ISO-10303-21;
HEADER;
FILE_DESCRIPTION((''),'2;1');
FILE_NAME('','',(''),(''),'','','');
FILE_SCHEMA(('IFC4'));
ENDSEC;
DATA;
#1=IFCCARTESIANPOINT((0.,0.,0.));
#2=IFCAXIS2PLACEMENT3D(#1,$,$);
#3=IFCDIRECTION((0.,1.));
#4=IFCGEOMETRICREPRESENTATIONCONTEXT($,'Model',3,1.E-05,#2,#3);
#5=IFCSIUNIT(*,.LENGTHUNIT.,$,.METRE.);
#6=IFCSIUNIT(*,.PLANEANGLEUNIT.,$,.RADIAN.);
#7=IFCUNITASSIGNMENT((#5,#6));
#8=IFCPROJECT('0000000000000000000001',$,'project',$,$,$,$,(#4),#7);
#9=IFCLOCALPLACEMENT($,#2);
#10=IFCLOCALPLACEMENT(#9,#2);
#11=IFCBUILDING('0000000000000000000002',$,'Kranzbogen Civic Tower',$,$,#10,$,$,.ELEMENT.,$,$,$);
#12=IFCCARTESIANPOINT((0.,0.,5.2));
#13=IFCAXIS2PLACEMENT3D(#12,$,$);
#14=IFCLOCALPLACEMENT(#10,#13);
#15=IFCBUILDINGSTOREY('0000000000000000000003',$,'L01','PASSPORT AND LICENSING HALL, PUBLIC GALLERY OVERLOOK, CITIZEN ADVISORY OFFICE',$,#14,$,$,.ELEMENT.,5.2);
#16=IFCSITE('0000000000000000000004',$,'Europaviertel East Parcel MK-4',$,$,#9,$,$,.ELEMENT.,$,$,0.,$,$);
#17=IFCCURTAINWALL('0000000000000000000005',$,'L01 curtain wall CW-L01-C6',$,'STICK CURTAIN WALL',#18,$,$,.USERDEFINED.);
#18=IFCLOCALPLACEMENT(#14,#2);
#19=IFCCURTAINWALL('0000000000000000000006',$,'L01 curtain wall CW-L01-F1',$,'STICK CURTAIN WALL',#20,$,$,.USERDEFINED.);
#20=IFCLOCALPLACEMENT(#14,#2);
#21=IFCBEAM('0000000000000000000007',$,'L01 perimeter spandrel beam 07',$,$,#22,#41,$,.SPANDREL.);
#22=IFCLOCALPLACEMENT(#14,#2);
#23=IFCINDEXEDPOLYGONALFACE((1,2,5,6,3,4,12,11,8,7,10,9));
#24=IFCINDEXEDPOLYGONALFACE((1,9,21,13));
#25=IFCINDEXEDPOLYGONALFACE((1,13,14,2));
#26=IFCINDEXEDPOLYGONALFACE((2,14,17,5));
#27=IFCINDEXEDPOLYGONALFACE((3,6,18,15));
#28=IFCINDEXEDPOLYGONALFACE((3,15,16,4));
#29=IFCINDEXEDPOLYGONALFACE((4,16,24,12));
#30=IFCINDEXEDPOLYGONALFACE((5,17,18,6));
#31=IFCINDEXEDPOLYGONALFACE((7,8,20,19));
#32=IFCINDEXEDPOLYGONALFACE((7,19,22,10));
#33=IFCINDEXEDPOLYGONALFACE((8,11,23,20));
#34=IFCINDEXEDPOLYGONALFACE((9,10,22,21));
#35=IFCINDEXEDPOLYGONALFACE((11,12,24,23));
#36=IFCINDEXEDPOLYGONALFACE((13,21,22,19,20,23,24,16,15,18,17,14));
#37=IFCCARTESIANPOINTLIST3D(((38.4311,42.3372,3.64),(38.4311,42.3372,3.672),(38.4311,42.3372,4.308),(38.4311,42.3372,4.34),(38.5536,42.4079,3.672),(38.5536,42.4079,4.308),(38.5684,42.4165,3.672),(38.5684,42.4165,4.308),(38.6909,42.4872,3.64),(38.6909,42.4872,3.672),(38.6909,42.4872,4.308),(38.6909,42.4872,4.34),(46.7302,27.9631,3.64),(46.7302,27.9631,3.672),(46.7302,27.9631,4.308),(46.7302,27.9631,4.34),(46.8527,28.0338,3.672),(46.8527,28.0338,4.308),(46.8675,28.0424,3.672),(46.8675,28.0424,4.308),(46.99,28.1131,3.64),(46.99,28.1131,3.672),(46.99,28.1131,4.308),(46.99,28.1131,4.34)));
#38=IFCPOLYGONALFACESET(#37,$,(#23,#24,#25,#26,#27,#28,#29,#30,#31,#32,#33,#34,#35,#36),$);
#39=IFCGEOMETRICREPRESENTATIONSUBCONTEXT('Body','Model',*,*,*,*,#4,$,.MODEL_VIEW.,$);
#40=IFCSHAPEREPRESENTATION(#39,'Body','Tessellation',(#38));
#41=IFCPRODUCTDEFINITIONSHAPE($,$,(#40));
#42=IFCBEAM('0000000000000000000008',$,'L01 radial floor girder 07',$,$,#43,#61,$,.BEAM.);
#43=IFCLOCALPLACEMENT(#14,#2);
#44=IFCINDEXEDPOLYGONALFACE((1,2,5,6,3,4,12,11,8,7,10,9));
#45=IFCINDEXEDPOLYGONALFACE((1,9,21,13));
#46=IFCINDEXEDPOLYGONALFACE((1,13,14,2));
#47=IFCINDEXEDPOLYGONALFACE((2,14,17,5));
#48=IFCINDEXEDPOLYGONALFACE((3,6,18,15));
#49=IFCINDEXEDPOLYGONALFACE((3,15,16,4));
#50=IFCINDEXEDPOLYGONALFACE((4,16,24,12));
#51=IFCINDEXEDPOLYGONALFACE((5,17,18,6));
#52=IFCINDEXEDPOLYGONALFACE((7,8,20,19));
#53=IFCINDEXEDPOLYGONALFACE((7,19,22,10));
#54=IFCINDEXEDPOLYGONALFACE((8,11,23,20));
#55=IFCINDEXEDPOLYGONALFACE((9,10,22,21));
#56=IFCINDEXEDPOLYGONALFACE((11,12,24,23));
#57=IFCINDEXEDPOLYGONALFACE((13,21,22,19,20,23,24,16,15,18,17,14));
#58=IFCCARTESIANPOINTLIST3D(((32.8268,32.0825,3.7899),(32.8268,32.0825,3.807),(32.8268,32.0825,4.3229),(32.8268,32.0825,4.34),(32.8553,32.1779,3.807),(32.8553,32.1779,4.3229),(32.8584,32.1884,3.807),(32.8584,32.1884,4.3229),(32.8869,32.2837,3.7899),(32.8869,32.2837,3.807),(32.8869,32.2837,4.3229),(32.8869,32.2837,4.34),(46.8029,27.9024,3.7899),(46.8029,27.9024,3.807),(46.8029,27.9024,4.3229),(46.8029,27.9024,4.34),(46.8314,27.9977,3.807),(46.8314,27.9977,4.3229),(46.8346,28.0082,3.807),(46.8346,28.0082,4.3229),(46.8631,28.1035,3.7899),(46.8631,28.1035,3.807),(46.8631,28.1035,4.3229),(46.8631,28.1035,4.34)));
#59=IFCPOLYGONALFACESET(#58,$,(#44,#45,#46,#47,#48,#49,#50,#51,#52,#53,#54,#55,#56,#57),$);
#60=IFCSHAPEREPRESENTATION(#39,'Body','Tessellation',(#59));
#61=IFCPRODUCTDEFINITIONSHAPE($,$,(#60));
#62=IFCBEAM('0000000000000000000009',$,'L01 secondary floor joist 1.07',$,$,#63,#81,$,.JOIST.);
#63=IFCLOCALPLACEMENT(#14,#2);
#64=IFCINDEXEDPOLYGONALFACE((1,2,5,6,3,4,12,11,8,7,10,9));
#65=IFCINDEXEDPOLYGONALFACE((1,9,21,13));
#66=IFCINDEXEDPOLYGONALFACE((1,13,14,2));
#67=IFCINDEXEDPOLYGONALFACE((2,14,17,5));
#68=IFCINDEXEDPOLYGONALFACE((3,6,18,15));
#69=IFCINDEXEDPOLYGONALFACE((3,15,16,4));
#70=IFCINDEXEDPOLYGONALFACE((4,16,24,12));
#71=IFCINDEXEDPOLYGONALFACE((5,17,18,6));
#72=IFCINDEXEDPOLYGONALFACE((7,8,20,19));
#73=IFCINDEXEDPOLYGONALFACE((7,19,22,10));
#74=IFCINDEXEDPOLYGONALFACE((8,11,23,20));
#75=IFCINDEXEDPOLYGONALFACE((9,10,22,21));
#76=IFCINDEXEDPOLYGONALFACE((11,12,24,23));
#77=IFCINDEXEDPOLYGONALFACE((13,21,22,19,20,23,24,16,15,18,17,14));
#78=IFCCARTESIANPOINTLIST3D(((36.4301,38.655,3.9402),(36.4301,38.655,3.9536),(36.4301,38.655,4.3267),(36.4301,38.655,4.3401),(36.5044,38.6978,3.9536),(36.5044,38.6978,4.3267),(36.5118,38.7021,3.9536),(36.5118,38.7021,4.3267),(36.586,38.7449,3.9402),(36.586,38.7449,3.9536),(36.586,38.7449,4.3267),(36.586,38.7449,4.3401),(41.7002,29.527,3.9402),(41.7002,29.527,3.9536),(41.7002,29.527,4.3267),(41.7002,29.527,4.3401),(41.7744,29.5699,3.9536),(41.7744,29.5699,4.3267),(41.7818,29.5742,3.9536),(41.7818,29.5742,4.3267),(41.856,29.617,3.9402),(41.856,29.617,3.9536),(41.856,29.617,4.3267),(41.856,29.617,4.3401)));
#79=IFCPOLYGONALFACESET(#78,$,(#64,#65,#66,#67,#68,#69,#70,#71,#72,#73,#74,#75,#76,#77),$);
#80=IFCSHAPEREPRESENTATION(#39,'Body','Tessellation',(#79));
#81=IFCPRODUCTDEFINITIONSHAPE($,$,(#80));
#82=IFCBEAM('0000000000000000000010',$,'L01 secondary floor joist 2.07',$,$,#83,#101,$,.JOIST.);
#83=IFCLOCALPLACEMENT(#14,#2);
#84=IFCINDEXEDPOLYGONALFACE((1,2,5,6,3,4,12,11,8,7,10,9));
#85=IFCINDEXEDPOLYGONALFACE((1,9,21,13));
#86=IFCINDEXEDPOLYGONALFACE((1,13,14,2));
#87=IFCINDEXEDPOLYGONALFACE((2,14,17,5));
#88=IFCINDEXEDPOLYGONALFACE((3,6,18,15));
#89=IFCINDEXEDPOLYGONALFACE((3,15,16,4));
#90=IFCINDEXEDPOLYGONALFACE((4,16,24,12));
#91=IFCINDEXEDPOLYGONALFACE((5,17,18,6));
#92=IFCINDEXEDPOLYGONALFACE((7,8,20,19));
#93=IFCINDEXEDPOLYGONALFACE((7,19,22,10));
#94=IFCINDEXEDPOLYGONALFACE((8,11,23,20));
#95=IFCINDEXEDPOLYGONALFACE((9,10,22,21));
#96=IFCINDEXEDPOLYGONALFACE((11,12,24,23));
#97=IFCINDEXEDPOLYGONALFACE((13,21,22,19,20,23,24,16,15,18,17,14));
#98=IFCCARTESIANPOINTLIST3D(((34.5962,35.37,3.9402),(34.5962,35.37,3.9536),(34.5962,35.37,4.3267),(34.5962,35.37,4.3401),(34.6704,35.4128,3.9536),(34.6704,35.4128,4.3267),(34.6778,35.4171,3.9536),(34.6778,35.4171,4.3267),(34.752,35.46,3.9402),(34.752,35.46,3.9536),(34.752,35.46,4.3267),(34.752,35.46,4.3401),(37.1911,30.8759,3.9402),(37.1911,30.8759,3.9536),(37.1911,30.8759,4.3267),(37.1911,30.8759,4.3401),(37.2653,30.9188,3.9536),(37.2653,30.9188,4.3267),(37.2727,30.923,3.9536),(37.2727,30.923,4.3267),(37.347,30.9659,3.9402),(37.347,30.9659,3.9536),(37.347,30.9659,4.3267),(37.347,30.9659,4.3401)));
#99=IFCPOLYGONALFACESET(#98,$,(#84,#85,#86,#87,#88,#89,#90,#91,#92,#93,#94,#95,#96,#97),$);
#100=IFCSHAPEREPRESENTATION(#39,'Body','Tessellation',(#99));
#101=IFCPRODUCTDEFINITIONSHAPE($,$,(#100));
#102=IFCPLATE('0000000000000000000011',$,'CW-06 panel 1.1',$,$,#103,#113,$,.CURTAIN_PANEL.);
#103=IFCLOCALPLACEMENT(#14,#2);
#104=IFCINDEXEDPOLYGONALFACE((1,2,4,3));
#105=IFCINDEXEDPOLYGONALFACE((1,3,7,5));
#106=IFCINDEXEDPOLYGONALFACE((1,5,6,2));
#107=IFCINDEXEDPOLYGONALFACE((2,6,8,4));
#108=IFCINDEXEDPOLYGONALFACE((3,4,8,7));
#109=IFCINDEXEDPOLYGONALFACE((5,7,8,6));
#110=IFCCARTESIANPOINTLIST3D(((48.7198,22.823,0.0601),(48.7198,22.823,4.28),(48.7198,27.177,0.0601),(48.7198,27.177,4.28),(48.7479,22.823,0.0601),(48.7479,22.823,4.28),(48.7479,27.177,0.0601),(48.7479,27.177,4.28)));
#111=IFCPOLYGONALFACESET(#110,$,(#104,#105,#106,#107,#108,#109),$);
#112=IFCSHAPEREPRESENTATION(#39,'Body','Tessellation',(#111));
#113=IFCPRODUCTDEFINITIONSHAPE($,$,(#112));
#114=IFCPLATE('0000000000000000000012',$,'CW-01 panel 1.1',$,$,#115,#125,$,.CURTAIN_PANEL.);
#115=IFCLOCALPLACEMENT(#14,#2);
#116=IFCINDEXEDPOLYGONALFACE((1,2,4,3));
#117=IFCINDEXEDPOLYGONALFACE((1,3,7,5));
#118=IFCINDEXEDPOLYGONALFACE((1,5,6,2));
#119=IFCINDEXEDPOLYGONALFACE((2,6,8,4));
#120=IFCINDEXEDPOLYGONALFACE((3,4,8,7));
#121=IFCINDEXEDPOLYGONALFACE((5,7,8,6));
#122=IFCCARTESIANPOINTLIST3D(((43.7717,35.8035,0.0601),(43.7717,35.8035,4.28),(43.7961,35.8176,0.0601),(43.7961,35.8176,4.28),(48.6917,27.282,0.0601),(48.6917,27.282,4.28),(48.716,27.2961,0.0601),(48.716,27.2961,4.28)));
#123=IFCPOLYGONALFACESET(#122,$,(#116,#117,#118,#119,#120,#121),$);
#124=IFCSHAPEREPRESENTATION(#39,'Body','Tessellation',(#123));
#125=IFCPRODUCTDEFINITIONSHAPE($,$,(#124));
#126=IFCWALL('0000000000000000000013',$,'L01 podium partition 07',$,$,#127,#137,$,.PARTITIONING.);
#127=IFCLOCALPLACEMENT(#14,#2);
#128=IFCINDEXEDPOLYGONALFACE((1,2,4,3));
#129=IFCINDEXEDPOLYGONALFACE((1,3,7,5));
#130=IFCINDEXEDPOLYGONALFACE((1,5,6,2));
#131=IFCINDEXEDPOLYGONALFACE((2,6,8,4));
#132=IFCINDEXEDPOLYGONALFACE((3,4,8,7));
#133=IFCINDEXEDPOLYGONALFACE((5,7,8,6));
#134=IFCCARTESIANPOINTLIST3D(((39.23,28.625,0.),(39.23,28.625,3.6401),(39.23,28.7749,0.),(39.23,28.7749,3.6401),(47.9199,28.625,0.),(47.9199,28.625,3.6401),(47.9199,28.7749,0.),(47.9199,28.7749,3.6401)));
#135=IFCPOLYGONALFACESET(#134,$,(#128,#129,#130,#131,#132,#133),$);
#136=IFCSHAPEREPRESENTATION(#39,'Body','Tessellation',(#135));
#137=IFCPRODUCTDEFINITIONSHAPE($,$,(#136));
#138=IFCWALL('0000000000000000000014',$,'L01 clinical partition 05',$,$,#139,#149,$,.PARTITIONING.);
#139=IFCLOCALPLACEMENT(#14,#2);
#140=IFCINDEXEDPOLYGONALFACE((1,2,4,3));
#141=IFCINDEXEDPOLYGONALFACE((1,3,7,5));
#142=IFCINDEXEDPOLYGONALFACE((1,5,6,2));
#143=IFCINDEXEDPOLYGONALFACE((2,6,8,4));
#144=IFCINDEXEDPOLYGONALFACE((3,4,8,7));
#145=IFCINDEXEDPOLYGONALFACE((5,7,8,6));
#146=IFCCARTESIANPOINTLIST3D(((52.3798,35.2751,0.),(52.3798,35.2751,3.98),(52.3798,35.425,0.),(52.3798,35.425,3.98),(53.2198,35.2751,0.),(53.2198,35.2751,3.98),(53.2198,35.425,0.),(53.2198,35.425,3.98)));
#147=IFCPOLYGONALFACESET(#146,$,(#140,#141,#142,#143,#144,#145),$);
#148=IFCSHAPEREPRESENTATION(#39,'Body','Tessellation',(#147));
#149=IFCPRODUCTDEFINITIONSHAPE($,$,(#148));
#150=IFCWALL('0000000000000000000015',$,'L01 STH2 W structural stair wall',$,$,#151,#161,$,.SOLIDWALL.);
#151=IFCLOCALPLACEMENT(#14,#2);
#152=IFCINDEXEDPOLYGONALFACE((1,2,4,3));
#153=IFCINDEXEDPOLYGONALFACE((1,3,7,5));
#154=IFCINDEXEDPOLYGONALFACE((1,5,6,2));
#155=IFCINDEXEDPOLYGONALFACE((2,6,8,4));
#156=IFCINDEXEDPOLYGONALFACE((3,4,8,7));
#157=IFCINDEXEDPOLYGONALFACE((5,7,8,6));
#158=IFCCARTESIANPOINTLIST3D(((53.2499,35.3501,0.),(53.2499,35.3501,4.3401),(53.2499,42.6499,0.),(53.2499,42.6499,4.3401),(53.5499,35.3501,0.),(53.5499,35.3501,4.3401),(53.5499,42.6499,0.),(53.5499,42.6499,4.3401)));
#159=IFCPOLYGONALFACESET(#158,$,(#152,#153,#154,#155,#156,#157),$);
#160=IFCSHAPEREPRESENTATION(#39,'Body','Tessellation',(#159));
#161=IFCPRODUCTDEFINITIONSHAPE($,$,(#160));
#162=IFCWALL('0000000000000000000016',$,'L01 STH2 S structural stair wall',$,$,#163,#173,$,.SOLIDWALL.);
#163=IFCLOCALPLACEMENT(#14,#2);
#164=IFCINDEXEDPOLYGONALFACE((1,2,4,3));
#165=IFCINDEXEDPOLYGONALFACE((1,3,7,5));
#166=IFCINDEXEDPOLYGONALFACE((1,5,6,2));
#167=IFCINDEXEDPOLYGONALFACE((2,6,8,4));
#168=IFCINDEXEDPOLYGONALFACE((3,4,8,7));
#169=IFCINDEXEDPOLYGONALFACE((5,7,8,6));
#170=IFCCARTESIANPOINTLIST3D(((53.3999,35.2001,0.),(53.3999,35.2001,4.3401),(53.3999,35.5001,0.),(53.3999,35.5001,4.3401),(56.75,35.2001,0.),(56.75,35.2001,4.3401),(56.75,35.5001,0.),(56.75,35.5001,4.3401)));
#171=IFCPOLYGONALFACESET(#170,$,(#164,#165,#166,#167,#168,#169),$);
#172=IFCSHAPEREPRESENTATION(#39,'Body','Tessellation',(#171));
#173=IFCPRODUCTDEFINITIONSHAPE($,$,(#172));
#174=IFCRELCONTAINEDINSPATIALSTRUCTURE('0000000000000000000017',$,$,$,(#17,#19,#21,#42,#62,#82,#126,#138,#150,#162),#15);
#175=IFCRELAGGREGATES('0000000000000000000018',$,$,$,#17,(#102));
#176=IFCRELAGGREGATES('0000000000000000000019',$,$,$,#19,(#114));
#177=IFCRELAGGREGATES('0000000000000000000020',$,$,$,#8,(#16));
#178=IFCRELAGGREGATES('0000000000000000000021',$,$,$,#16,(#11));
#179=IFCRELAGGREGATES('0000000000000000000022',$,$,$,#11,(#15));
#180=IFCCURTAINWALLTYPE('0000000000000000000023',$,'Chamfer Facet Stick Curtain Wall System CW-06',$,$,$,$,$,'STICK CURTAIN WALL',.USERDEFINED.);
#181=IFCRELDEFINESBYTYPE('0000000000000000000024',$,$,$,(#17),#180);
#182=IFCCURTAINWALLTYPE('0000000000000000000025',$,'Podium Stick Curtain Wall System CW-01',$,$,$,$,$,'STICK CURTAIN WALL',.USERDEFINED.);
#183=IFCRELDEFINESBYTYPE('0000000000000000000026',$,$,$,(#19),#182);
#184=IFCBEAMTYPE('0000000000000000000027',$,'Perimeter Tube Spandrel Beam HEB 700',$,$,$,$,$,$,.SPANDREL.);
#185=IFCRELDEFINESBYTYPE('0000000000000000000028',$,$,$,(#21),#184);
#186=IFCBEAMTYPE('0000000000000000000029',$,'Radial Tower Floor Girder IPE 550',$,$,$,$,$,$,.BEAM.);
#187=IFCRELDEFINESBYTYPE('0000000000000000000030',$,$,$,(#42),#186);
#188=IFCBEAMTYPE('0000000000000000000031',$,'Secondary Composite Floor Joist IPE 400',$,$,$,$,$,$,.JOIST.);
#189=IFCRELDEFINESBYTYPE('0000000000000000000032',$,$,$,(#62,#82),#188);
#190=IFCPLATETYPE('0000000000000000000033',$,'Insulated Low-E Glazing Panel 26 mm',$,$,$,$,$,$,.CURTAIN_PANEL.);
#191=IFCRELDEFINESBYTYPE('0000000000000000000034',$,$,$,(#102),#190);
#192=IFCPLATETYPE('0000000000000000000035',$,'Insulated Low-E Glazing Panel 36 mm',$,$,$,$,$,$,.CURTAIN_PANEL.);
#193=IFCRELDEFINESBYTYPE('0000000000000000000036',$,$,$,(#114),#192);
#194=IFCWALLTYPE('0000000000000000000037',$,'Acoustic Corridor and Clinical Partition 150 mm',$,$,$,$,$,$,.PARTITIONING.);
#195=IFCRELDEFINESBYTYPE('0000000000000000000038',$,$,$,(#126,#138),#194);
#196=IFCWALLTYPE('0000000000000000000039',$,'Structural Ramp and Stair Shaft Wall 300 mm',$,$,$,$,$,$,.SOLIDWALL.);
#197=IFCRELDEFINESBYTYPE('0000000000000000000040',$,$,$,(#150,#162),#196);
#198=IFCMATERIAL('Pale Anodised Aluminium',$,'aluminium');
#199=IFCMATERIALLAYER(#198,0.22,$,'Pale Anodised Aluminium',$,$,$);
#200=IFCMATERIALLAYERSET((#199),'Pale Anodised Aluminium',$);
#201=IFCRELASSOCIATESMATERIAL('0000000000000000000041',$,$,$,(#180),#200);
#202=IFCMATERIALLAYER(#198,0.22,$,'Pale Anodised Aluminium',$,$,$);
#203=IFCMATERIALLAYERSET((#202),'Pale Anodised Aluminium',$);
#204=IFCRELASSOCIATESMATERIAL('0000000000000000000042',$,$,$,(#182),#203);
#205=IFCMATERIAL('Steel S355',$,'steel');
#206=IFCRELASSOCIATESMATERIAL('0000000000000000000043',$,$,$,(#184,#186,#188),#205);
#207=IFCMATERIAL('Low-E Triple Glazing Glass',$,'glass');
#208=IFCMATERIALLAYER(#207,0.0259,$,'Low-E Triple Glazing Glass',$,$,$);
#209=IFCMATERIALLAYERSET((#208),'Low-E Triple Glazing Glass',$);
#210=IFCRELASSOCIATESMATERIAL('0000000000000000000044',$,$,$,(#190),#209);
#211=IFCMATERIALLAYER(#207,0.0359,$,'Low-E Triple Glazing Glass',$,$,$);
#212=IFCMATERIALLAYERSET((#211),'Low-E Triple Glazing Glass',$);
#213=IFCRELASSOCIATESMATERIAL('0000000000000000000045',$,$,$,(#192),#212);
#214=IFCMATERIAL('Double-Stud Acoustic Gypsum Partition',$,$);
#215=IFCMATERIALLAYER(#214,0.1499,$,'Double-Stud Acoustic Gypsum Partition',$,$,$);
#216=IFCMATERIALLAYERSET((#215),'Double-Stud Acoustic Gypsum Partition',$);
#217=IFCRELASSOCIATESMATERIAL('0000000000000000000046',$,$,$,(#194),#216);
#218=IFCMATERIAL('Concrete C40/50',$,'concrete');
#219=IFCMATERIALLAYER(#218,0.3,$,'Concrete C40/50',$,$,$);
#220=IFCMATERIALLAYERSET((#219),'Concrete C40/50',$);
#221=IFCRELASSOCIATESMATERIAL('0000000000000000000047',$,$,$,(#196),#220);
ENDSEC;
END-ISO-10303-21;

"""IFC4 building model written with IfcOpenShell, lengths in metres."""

from ifc_helpers import new_model, si_unit, direction, frame, frame_2d, origin, origin_2d, place, context, subcontext, project, spatial, rectangle, i_section, extrude, material, layer, layer_set, material_profile, profile_set, type_object, element, aggregate, save


model = new_model("IFC4")

# Units and contexts
model_context = context("Model", 3, precision=1e-05, world=origin(), true_north=direction((0.0, 1.0)))
body_context = subcontext(model_context, "Body", "Model", "MODEL_VIEW")
ifc_project = project(units=[si_unit("LENGTHUNIT", "METRE"), si_unit("PLANEANGLEUNIT", "RADIAN")], contexts=[model_context])

# Site, building, storey
site_placement = place(None, origin())
site = spatial("IfcSite", under=ifc_project, at=site_placement, Name="Europaviertel East Parcel MK-4", CompositionType="ELEMENT", RefElevation=0.0)
building_placement = place(site_placement, origin())
building = spatial("IfcBuilding", under=site, at=building_placement, Name="Kranzbogen Civic Tower", CompositionType="ELEMENT")
storey_placement = place(building_placement, frame((0.0, 0.0, 5.2)))
storey = spatial("IfcBuildingStorey", under=building, at=storey_placement, Name="L01", Description="PASSPORT AND LICENSING HALL, PUBLIC GALLERY OVERLOOK, CITIZEN ADVISORY OFFICE", CompositionType="ELEMENT", Elevation=5.2)

# Shared definitions
ifc_material_1 = material(Name="Concrete C40/50", Category="concrete")

# Curtain wall
ifc_material_2 = material(Name="Pale Anodised Aluminium", Category="aluminium")
ifc_layer_1 = layer(ifc_material_2, 0.22, Name="Pale Anodised Aluminium")
ifc_layer_set_1 = layer_set([ifc_layer_1], Name="Pale Anodised Aluminium")
curtain_wall_type_1 = type_object("IfcCurtainWallType", Name="Chamfer Facet Stick Curtain Wall System CW-06", ElementType="STICK CURTAIN WALL", PredefinedType="USERDEFINED", material=ifc_layer_set_1)
curtain_wall_1_placement = place(storey_placement, origin())
curtain_wall_1 = element("IfcCurtainWall", 1, at=curtain_wall_1_placement, inside=storey, type_object=curtain_wall_type_1, Name="L01 curtain wall CW-L01-C6", ObjectType="STICK CURTAIN WALL", PredefinedType="USERDEFINED")

# Curtain wall
ifc_layer_2 = layer(ifc_material_2, 0.22, Name="Pale Anodised Aluminium")
ifc_layer_set_2 = layer_set([ifc_layer_2], Name="Pale Anodised Aluminium")
curtain_wall_type_2 = type_object("IfcCurtainWallType", Name="Podium Stick Curtain Wall System CW-01", ElementType="STICK CURTAIN WALL", PredefinedType="USERDEFINED", material=ifc_layer_set_2)
curtain_wall_2_placement = place(storey_placement, origin())
curtain_wall_2 = element("IfcCurtainWall", 2, at=curtain_wall_2_placement, inside=storey, type_object=curtain_wall_type_2, Name="L01 curtain wall CW-L01-F1", ObjectType="STICK CURTAIN WALL", PredefinedType="USERDEFINED")

# Beams
ifc_material_3 = material(Name="Steel S355", Category="steel")
ifc_material_profile_1 = material_profile(ifc_material_3, i_section(OverallWidth=0.3, OverallDepth=0.7, WebThickness=0.0171, FlangeThickness=0.032, at=origin_2d()), Name="HEB 700")
ifc_profile_set_1 = profile_set([ifc_material_profile_1], Name="Steel S355")
beam_type_1 = type_object("IfcBeamType", Name="Perimeter Tube Spandrel Beam HEB 700", PredefinedType="SPANDREL", material=ifc_profile_set_1)
beam_1_placement = place(storey_placement, frame((46.8601, 28.0381, 3.99), z_axis=(-0.50001, 0.86602, 0.0), x_axis=(-0.86602, -0.50001, 0.0)))
element("IfcBeam", 3, at=beam_1_placement, inside=storey, type_object=beam_type_1, Name="L01 perimeter spandrel beam 07", PredefinedType="SPANDREL", context=body_context, shape_type="SweptSolid", body=[
    extrude(i_section(OverallWidth=0.3, OverallDepth=0.7, WebThickness=0.0171, FlangeThickness=0.032, at=origin_2d()), origin(), (0.0, 0.0, 1.0), 16.5979),
])
ifc_material_profile_2 = material_profile(ifc_material_3, i_section(OverallWidth=0.21, OverallDepth=0.55, WebThickness=0.011, FlangeThickness=0.0171, at=origin_2d()), Name="IPE 550")
ifc_profile_set_2 = profile_set([ifc_material_profile_2], Name="Steel S355")
beam_type_2 = type_object("IfcBeamType", Name="Radial Tower Floor Girder IPE 550", PredefinedType="BEAM", material=ifc_profile_set_2)
beam_2_placement = place(storey_placement, frame((46.833, 28.0029, 4.0649), z_axis=(-0.958065, 0.286552, 0.0), x_axis=(-0.286552, -0.958065, 0.0)))
element("IfcBeam", 4, at=beam_2_placement, inside=storey, type_object=beam_type_2, Name="L01 radial floor girder 07", PredefinedType="BEAM", context=body_context, shape_type="SweptSolid", body=[
    extrude(i_section(OverallWidth=0.21, OverallDepth=0.55, WebThickness=0.011, FlangeThickness=0.0171, at=origin_2d()), origin(), (0.0, 0.0, 1.0), 14.5879),
])
ifc_material_profile_3 = material_profile(ifc_material_3, i_section(OverallWidth=0.1799, OverallDepth=0.3999, WebThickness=0.0085, FlangeThickness=0.0134, at=origin_2d()), Name="IPE 400")
ifc_profile_set_3 = profile_set([ifc_material_profile_3], Name="Steel S355")
beam_type_3 = type_object("IfcBeamType", Name="Secondary Composite Floor Joist IPE 400", PredefinedType="JOIST", material=ifc_profile_set_3)
beam_3_placement = place(storey_placement, frame((41.7781, 29.572, 4.1401), z_axis=(-0.5, 0.866025, 0.0), x_axis=(-0.866025, -0.5, 0.0)))
element("IfcBeam", 5, at=beam_3_placement, inside=storey, type_object=beam_type_3, Name="L01 secondary floor joist 1.07", PredefinedType="JOIST", context=body_context, shape_type="SweptSolid", body=[
    extrude(i_section(OverallWidth=0.1799, OverallDepth=0.3999, WebThickness=0.0085, FlangeThickness=0.0134, at=origin_2d()), origin(), (0.0, 0.0, 1.0), 10.54),
])
beam_4_placement = place(storey_placement, frame((37.269, 30.9209, 4.1401), z_axis=(-0.50004, 0.866002, 0.0), x_axis=(-0.866002, -0.50004, 0.0)))
element("IfcBeam", 6, at=beam_4_placement, inside=storey, type_object=beam_type_3, Name="L01 secondary floor joist 2.07", PredefinedType="JOIST", context=body_context, shape_type="SweptSolid", body=[
    extrude(i_section(OverallWidth=0.1799, OverallDepth=0.3999, WebThickness=0.0085, FlangeThickness=0.0134, at=origin_2d()), origin(), (0.0, 0.0, 1.0), 5.1895),
])

# Plates
ifc_material_4 = material(Name="Low-E Triple Glazing Glass", Category="glass")
ifc_layer_3 = layer(ifc_material_4, 0.0259, Name="Low-E Triple Glazing Glass")
ifc_layer_set_3 = layer_set([ifc_layer_3], Name="Low-E Triple Glazing Glass")
plate_type_1 = type_object("IfcPlateType", Name="Insulated Low-E Glazing Panel 26 mm", PredefinedType="CURTAIN_PANEL", material=ifc_layer_set_3)
plate_1_placement = place(storey_placement, frame((48.7339, 25.0, 0.0601), z_axis=(0.0, 0.0, 1.0), x_axis=(0.0, 1.0, 0.0)))
plate_1 = element("IfcPlate", 7, at=plate_1_placement, type_object=plate_type_1, Name="CW-06 panel 1.1", PredefinedType="CURTAIN_PANEL", context=body_context, shape_type="SweptSolid", body=[
    extrude(rectangle(XDim=4.354, YDim=0.0281, at=origin_2d()), origin(), (0.0, 0.0, 1.0), 4.22),
])
aggregate(curtain_wall_1, [plate_1])
ifc_layer_4 = layer(ifc_material_4, 0.0359, Name="Low-E Triple Glazing Glass")
ifc_layer_set_4 = layer_set([ifc_layer_4], Name="Low-E Triple Glazing Glass")
plate_type_2 = type_object("IfcPlateType", Name="Insulated Low-E Glazing Panel 36 mm", PredefinedType="CURTAIN_PANEL", material=ifc_layer_set_4)
plate_2_placement = place(storey_placement, frame((46.2439, 31.5498, 0.0601), z_axis=(0.0, 0.0, 1.0), x_axis=(-0.500006, 0.866022, 0.0)))
plate_2 = element("IfcPlate", 8, at=plate_2_placement, type_object=plate_type_2, Name="CW-01 panel 1.1", PredefinedType="CURTAIN_PANEL", context=body_context, shape_type="SweptSolid", body=[
    extrude(rectangle(XDim=9.8398, YDim=0.0281, at=origin_2d()), origin(), (0.0, 0.0, 1.0), 4.22),
])
aggregate(curtain_wall_2, [plate_2])

# Walls
ifc_material_5 = material(Name="Double-Stud Acoustic Gypsum Partition")
ifc_layer_5 = layer(ifc_material_5, 0.1499, Name="Double-Stud Acoustic Gypsum Partition")
ifc_layer_set_5 = layer_set([ifc_layer_5], Name="Double-Stud Acoustic Gypsum Partition")
wall_type_1 = type_object("IfcWallType", Name="Acoustic Corridor and Clinical Partition 150 mm", PredefinedType="PARTITIONING", material=ifc_layer_set_5)
wall_1_placement = place(storey_placement, frame((39.23, 28.7, 0.0), z_axis=(0.0, 0.0, 1.0), x_axis=(1.0, 0.0, 0.0)))
element("IfcWall", 9, at=wall_1_placement, inside=storey, type_object=wall_type_1, Name="L01 podium partition 07", PredefinedType="PARTITIONING", context=body_context, shape_type="SweptSolid", body=[
    extrude(rectangle(XDim=8.6899, YDim=0.1499, at=frame_2d((4.345, 0.0))), origin(), (0.0, 0.0, 1.0), 3.6401),
])
wall_2_placement = place(storey_placement, frame((52.3799, 35.3501, 0.0), z_axis=(0.0, 0.0, 1.0), x_axis=(1.0, 0.0, 0.0)))
element("IfcWall", 10, at=wall_2_placement, inside=storey, type_object=wall_type_1, Name="L01 clinical partition 05", PredefinedType="PARTITIONING", context=body_context, shape_type="SweptSolid", body=[
    extrude(rectangle(XDim=0.8401, YDim=0.1499, at=frame_2d((0.4199, 0.0))), origin(), (0.0, 0.0, 1.0), 3.98),
])
ifc_layer_6 = layer(ifc_material_1, 0.3, Name="Concrete C40/50")
ifc_layer_set_6 = layer_set([ifc_layer_6], Name="Concrete C40/50")
wall_type_2 = type_object("IfcWallType", Name="Structural Ramp and Stair Shaft Wall 300 mm", PredefinedType="SOLIDWALL", material=ifc_layer_set_6)
wall_3_placement = place(storey_placement, frame((53.3999, 35.3501, 0.0), z_axis=(0.0, 0.0, 1.0), x_axis=(0.0, 1.0, 0.0)))
element("IfcWall", 11, at=wall_3_placement, inside=storey, type_object=wall_type_2, Name="L01 STH2 W structural stair wall", PredefinedType="SOLIDWALL", context=body_context, shape_type="SweptSolid", body=[
    extrude(rectangle(XDim=7.2998, YDim=0.3, at=frame_2d((3.6499, 0.0))), origin(), (0.0, 0.0, 1.0), 4.3401),
])
wall_4_placement = place(storey_placement, frame((53.3999, 35.3501, 0.0), z_axis=(0.0, 0.0, 1.0), x_axis=(1.0, 0.0, 0.0)))
element("IfcWall", 12, at=wall_4_placement, inside=storey, type_object=wall_type_2, Name="L01 STH2 S structural stair wall", PredefinedType="SOLIDWALL", context=body_context, shape_type="SweptSolid", body=[
    extrude(rectangle(XDim=3.3501, YDim=0.3, at=frame_2d((1.675, 0.0))), origin(), (0.0, 0.0, 1.0), 4.3401),
])

save(model, "model.ifc")
